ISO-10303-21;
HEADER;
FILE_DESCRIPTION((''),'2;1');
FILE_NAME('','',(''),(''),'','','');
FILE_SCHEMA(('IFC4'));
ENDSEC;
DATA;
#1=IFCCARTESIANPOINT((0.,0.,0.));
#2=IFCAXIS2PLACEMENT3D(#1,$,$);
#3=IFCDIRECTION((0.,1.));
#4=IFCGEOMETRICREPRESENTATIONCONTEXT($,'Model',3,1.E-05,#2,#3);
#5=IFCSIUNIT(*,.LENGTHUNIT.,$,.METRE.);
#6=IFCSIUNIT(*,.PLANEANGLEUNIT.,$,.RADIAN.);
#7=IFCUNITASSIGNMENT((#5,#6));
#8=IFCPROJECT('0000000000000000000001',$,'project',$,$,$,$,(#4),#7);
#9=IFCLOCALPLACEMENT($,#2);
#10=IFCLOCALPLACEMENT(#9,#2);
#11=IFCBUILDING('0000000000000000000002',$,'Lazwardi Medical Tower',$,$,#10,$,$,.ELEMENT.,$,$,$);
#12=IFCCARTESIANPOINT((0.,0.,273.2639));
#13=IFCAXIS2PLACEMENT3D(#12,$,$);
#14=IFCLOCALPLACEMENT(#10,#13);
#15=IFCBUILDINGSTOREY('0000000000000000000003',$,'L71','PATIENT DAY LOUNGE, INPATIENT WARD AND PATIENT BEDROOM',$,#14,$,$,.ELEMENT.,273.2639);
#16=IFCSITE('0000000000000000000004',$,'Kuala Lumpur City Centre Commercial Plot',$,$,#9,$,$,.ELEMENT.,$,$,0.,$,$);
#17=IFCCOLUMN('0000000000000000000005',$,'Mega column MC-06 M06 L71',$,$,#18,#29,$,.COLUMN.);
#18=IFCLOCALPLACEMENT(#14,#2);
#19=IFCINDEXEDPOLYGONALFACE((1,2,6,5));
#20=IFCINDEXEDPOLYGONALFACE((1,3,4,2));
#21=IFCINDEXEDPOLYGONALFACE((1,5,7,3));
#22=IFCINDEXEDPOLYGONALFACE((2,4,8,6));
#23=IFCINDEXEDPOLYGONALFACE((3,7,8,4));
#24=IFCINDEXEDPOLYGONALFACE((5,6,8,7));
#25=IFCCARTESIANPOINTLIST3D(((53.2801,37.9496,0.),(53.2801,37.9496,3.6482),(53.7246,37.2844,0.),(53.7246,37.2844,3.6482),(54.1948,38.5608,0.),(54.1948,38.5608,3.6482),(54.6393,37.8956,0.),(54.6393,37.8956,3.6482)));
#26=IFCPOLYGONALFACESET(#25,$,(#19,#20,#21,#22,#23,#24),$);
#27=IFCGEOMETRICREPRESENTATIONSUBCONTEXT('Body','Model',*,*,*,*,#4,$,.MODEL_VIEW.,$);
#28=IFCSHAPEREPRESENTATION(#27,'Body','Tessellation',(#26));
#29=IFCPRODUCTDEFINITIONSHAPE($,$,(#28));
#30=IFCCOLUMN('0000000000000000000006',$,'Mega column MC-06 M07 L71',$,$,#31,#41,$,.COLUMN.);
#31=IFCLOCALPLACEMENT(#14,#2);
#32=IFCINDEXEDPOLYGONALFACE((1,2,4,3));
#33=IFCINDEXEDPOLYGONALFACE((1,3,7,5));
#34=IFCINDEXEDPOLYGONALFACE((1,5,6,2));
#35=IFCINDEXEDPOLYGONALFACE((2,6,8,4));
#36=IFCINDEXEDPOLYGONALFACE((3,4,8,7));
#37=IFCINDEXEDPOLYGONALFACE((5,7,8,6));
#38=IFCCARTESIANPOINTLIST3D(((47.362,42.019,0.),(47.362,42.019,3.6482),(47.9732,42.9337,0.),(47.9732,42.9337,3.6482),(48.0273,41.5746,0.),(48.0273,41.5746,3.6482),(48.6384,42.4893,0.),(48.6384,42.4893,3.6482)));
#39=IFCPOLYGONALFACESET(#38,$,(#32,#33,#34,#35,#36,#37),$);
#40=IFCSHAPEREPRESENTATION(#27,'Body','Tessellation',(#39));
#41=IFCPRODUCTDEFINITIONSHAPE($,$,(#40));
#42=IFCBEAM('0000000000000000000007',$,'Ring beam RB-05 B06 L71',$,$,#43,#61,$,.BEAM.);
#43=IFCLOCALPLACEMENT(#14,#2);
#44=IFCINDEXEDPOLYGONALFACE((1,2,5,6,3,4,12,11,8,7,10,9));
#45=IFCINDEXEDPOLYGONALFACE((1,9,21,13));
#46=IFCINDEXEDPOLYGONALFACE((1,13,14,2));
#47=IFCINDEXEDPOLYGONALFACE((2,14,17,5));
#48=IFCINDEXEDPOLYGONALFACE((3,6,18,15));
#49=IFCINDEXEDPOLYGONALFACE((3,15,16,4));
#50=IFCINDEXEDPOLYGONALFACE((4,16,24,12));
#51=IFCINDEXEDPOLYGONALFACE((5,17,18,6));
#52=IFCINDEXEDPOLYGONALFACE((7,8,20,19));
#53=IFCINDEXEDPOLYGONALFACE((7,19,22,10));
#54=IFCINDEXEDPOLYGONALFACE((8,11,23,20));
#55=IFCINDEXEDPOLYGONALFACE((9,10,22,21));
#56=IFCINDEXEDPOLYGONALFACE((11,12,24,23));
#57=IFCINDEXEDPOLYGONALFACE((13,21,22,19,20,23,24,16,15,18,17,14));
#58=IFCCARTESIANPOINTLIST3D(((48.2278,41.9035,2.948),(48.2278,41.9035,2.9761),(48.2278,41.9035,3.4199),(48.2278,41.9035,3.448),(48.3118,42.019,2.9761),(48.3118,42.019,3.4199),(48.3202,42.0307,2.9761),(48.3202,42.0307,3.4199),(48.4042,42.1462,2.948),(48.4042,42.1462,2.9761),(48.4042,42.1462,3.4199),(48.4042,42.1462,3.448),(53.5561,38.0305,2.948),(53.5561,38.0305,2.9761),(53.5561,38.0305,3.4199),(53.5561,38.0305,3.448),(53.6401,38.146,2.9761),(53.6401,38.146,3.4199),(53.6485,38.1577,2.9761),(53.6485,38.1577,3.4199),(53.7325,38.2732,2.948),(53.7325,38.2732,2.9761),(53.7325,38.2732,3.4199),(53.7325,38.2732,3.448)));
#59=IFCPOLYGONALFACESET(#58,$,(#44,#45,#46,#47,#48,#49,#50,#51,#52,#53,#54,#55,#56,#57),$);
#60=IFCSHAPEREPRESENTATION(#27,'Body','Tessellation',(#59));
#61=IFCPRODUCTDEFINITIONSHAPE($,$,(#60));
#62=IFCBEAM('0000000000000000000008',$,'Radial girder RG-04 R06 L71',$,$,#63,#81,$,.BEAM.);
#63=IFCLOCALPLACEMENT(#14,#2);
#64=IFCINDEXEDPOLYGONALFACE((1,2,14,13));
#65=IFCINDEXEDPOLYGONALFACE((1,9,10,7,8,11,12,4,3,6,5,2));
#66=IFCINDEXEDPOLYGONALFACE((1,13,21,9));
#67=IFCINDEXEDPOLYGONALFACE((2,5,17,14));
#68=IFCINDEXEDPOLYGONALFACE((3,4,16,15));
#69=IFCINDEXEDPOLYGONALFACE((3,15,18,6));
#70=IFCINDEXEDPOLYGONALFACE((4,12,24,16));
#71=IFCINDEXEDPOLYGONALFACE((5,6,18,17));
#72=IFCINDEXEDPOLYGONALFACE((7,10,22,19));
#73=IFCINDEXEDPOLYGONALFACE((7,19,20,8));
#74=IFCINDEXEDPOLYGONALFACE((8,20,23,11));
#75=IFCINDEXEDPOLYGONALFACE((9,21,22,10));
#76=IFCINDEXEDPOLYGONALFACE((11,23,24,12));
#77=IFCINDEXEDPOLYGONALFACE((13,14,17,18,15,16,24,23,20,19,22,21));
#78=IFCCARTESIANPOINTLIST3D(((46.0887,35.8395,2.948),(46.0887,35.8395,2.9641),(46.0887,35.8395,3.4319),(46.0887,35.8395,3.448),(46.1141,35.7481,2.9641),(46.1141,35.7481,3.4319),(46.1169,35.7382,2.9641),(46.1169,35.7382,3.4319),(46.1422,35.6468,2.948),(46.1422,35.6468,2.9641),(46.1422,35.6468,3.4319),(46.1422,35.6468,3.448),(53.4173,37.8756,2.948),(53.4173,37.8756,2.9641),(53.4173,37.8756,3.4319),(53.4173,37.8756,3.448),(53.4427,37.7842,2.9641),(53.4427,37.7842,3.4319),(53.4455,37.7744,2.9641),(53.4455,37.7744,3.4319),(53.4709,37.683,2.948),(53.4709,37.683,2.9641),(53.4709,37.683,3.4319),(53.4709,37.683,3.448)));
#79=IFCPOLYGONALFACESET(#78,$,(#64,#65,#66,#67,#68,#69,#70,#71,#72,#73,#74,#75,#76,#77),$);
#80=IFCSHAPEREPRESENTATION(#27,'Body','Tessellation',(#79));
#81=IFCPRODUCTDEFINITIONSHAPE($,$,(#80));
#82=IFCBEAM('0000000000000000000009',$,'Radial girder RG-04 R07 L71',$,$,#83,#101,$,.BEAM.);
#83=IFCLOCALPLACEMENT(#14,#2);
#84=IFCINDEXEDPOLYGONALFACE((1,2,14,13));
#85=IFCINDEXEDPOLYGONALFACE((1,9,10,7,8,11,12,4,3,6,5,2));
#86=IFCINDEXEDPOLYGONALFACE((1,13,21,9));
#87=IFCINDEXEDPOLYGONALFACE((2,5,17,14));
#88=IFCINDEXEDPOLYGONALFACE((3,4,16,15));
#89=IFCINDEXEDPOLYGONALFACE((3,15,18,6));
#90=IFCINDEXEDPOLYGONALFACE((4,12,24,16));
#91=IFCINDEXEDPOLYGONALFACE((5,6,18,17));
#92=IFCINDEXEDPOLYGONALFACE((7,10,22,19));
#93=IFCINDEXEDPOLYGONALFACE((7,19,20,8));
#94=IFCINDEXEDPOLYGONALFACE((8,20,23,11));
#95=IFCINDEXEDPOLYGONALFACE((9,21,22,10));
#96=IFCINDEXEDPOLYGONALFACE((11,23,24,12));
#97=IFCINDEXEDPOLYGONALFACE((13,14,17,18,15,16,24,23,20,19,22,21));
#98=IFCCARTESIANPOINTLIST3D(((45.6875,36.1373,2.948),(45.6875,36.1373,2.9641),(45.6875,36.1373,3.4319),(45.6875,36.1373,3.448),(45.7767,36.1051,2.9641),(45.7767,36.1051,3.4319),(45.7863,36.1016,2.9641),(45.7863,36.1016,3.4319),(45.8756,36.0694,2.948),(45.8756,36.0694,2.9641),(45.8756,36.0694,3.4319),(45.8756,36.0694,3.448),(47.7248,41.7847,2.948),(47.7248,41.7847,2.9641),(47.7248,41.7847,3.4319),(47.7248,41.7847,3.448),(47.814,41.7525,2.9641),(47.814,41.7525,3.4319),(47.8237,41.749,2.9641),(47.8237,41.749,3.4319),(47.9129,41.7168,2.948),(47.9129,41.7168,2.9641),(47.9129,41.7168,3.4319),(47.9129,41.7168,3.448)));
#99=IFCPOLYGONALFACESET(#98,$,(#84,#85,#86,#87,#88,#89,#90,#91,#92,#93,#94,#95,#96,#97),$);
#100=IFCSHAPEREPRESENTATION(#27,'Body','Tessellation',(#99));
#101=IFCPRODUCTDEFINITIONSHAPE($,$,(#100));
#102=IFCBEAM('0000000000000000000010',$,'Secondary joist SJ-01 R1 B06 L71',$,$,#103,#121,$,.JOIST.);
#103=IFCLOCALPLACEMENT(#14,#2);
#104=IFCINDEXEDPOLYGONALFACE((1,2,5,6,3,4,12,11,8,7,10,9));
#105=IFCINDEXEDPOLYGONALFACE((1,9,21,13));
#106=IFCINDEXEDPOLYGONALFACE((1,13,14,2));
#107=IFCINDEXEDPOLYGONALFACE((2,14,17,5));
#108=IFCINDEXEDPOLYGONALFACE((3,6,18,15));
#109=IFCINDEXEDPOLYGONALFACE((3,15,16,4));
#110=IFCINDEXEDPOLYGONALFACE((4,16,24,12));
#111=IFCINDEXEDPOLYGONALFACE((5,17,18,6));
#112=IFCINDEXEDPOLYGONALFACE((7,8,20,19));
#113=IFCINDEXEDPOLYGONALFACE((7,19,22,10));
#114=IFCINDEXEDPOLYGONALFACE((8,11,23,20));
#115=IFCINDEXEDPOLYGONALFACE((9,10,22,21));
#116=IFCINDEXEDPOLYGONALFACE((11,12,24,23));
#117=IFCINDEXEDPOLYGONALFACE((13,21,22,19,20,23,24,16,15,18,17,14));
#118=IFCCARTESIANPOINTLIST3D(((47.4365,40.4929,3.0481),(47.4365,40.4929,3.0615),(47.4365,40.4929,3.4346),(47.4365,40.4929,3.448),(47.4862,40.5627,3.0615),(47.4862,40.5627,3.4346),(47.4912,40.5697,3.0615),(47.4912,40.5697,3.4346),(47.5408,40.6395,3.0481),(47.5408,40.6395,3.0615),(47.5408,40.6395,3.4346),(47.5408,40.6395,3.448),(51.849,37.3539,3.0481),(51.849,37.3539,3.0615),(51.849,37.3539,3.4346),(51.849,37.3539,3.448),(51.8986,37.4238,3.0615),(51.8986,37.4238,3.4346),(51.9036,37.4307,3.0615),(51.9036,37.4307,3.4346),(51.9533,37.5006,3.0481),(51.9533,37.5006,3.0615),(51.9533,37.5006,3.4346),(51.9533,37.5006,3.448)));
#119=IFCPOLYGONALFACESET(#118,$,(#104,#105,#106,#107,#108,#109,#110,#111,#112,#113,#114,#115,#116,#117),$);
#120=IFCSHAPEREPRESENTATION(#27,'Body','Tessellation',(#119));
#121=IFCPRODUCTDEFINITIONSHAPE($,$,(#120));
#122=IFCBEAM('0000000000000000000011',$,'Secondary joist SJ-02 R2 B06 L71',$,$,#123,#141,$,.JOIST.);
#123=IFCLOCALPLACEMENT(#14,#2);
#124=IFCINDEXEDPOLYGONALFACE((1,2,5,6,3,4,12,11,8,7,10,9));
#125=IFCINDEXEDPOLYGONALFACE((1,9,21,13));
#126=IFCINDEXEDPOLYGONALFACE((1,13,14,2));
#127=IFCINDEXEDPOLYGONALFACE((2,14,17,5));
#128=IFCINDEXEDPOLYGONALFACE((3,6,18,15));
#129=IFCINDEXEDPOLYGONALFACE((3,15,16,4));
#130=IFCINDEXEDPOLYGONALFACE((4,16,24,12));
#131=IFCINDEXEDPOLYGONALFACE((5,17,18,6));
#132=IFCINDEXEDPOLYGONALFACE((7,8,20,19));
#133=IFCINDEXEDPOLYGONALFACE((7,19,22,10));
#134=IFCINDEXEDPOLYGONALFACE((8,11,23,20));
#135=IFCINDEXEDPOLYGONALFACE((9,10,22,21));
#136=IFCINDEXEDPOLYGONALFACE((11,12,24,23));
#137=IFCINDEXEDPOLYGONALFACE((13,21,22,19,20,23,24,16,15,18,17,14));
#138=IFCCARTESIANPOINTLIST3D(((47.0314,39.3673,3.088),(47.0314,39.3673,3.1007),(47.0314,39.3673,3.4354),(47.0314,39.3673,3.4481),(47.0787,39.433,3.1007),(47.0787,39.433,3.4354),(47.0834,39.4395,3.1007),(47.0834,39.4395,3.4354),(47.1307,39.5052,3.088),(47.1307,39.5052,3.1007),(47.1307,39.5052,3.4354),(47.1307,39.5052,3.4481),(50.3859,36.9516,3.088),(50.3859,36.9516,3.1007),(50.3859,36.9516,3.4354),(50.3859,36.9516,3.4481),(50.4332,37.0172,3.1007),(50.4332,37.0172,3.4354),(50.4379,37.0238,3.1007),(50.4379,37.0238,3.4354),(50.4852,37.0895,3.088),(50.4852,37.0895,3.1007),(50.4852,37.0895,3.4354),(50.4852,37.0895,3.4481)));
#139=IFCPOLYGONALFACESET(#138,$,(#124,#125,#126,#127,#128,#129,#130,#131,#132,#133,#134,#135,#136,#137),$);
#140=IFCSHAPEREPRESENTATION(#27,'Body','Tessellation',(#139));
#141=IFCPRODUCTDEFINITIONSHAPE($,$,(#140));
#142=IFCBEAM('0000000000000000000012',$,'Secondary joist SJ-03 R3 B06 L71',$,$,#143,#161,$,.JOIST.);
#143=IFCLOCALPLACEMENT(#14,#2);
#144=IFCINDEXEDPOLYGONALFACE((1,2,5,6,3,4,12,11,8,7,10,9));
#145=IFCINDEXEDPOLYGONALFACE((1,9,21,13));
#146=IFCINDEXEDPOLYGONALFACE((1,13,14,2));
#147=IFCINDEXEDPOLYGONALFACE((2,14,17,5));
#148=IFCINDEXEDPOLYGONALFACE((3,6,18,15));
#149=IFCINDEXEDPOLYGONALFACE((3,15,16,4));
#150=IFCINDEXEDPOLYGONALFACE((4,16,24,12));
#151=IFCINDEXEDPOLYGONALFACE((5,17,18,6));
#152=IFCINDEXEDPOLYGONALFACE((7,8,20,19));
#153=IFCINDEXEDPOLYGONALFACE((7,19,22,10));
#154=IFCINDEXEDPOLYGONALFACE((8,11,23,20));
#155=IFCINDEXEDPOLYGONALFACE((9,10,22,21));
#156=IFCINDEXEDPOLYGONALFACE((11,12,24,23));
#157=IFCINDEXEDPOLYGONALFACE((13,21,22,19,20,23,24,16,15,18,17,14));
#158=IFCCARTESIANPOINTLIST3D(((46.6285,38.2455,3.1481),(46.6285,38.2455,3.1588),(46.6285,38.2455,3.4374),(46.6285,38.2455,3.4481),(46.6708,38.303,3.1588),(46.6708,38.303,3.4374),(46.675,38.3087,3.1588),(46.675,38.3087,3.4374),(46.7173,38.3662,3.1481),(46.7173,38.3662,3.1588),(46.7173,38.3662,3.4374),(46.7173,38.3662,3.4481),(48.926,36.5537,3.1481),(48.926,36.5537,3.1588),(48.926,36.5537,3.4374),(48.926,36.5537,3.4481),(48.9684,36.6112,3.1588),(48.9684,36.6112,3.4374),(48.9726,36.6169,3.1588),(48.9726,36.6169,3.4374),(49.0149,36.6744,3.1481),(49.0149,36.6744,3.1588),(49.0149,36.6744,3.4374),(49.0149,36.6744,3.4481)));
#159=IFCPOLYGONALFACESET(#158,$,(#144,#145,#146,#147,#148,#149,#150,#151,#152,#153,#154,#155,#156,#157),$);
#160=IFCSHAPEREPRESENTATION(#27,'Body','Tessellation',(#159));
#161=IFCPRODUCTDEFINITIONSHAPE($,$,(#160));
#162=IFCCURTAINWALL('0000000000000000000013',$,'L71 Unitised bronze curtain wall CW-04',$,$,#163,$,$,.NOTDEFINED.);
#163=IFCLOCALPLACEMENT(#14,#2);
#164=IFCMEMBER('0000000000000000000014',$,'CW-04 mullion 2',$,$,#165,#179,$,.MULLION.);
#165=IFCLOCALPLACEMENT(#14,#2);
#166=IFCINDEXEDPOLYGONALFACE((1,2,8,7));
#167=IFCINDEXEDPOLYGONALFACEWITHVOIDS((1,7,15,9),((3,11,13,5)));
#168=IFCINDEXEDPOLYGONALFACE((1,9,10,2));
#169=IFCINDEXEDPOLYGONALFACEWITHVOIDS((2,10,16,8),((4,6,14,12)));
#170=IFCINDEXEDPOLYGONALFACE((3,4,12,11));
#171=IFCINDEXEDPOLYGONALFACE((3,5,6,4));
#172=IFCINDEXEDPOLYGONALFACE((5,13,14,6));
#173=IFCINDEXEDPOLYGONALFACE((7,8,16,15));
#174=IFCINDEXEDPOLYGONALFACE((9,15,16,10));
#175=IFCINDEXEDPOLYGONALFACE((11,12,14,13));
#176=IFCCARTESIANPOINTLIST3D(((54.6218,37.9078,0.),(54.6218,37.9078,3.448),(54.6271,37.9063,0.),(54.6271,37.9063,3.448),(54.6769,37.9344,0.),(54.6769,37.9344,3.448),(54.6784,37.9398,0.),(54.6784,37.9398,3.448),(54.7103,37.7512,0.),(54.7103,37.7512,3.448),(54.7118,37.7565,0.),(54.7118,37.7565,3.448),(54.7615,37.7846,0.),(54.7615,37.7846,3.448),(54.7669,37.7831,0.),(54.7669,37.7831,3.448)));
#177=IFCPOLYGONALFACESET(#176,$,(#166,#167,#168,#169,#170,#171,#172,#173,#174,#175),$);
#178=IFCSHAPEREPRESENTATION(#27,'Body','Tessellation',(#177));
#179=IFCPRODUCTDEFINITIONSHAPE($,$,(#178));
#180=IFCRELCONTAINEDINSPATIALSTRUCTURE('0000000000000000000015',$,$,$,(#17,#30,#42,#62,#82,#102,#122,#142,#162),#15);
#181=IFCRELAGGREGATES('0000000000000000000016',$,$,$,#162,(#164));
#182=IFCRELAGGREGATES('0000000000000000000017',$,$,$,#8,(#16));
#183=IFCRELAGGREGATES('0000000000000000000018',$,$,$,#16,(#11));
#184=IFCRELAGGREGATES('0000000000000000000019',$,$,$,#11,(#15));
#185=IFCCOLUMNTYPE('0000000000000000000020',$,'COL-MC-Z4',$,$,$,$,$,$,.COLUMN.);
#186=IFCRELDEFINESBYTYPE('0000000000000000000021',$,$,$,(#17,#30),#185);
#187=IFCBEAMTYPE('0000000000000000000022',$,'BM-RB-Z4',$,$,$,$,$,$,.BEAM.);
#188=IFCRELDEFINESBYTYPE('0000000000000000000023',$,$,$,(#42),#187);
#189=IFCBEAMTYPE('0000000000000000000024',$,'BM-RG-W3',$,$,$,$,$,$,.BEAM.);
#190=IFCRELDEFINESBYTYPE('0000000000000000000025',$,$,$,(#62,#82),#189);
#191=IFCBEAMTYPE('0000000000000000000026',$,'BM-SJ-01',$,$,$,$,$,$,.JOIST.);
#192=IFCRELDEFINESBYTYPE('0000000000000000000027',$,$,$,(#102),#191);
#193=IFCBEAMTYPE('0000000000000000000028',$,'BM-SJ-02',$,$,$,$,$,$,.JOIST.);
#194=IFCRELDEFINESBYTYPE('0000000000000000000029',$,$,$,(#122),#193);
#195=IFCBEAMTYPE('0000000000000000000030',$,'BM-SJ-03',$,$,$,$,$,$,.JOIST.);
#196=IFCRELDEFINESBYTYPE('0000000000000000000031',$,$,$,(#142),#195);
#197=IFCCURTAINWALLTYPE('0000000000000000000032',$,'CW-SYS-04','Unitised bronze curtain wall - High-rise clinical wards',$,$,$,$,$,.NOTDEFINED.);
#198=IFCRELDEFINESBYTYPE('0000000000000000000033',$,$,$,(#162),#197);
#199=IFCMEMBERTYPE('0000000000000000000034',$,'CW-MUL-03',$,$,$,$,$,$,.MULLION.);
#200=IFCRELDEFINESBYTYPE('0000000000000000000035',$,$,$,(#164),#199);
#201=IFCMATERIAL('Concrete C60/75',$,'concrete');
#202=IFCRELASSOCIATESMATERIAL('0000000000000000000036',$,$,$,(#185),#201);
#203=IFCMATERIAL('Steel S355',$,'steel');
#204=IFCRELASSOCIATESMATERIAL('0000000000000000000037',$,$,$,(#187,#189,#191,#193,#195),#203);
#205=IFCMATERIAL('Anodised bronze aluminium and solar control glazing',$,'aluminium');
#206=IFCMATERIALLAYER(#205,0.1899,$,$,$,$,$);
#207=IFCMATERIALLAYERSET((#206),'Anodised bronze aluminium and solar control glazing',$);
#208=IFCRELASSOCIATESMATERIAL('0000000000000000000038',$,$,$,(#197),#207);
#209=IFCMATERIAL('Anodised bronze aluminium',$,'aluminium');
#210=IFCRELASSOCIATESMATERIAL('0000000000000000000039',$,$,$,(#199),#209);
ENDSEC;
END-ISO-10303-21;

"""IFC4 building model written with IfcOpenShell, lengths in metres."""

from ifc_helpers import new_model, si_unit, direction, frame, origin, origin_2d, place, context, subcontext, project, spatial, rectangle, hollow_rectangle, i_section, extrude, material, layer, layer_set, material_profile, profile_set, type_object, element, aggregate, save


model = new_model("IFC4")

# Units and contexts
model_context = context("Model", 3, precision=1e-05, world=origin(), true_north=direction((0.0, 1.0)))
body_context = subcontext(model_context, "Body", "Model", "MODEL_VIEW")
ifc_project = project(units=[si_unit("LENGTHUNIT", "METRE"), si_unit("PLANEANGLEUNIT", "RADIAN")], contexts=[model_context])

# Site, building, storey
site_placement = place(None, origin())
site = spatial("IfcSite", under=ifc_project, at=site_placement, Name="Kuala Lumpur City Centre Commercial Plot", CompositionType="ELEMENT", RefElevation=0.0)
building_placement = place(site_placement, origin())
building = spatial("IfcBuilding", under=site, at=building_placement, Name="Lazwardi Medical Tower", CompositionType="ELEMENT")
storey_placement = place(building_placement, frame((0.0, 0.0, 273.2639)))
storey = spatial("IfcBuildingStorey", under=building, at=storey_placement, Name="L71", Description="PATIENT DAY LOUNGE, INPATIENT WARD AND PATIENT BEDROOM", CompositionType="ELEMENT", Elevation=273.2639)

# Columns
ifc_material_1 = material(Name="Concrete C60/75", Category="concrete")
ifc_material_profile_1 = material_profile(ifc_material_1, rectangle(XDim=1.1001, YDim=0.8, at=origin_2d()), Name="CFT-RECT 1100x800")
ifc_profile_set_1 = profile_set([ifc_material_profile_1], Name="Concrete C60/75")
column_type = type_object("IfcColumnType", Name="COL-MC-Z4", PredefinedType="COLUMN", material=ifc_profile_set_1)
for number, where, z_axis, x_axis, name in (
    (1, (53.9597, 37.9226, 0.0), (0.0, 0.0, 1.0), (0.83147, 0.55557, 0.0), "Mega column MC-06 M06 L71"),
    (2, (48.0002, 42.2542, 0.0), (0.0, 0.0, 1.0), (0.55557, 0.83147, 0.0), "Mega column MC-06 M07 L71"),
):
    element("IfcColumn", number, at=place(storey_placement, frame(where, z_axis=z_axis, x_axis=x_axis)), inside=storey, type_object=column_type, Name=name, PredefinedType="COLUMN", context=body_context, shape_type="SweptSolid", body=[
        extrude(rectangle(XDim=1.1001, YDim=0.8, at=origin_2d()), origin(), (0.0, 0.0, 1.0), 3.6482),
    ])

# Beams
ifc_material_2 = material(Name="Steel S355", Category="steel")
ifc_material_profile_2 = material_profile(ifc_material_2, i_section(OverallWidth=0.3, OverallDepth=0.5, WebThickness=0.0144, FlangeThickness=0.0281, at=origin_2d()), Name="HEB 500")
ifc_profile_set_2 = profile_set([ifc_material_profile_2], Name="Steel S355")
beam_type_1 = type_object("IfcBeamType", Name="BM-RB-Z4", PredefinedType="BEAM", material=ifc_profile_set_2)
beam_1_placement = place(storey_placement, frame((53.6443, 38.1519, 3.198), z_axis=(-0.80889, 0.58796, 0.0), x_axis=(-0.58796, -0.80889, 0.0)))
element("IfcBeam", 3, at=beam_1_placement, inside=storey, type_object=beam_type_1, Name="Ring beam RB-05 B06 L71", PredefinedType="BEAM", context=body_context, shape_type="SweptSolid", body=[
    extrude(i_section(OverallWidth=0.3, OverallDepth=0.5, WebThickness=0.0144, FlangeThickness=0.0281, at=origin_2d()), origin(), (0.0, 0.0, 1.0), 6.5872),
])
ifc_material_profile_3 = material_profile(ifc_material_2, i_section(OverallWidth=0.2, OverallDepth=0.5, WebThickness=0.0103, FlangeThickness=0.0161, at=origin_2d()), Name="IPE 500")
ifc_profile_set_3 = profile_set([ifc_material_profile_3], Name="Steel S355")
beam_type_2 = type_object("IfcBeamType", Name="BM-RG-W3", PredefinedType="BEAM", material=ifc_profile_set_3)
beam_2_placement = place(storey_placement, frame((53.4441, 37.7793, 3.198), z_axis=(-0.963504, -0.267694, 0.0), x_axis=(0.267694, -0.963504, 0.0)))
element("IfcBeam", 4, at=beam_2_placement, inside=storey, type_object=beam_type_2, Name="Radial girder RG-04 R06 L71", PredefinedType="BEAM", context=body_context, shape_type="SweptSolid", body=[
    extrude(i_section(OverallWidth=0.2, OverallDepth=0.5, WebThickness=0.0103, FlangeThickness=0.0161, at=origin_2d()), origin(), (0.0, 0.0, 1.0), 7.6062),
])
beam_3_placement = place(storey_placement, frame((47.8188, 41.7507, 3.198), z_axis=(-0.339349, -0.940661, 0.0), x_axis=(0.940661, -0.339349, 0.0)))
element("IfcBeam", 5, at=beam_3_placement, inside=storey, type_object=beam_type_2, Name="Radial girder RG-04 R07 L71", PredefinedType="BEAM", context=body_context, shape_type="SweptSolid", body=[
    extrude(i_section(OverallWidth=0.2, OverallDepth=0.5, WebThickness=0.0103, FlangeThickness=0.0161, at=origin_2d()), origin(), (0.0, 0.0, 1.0), 6.0037),
])
ifc_material_profile_4 = material_profile(ifc_material_2, i_section(OverallWidth=0.1799, OverallDepth=0.3999, WebThickness=0.0085, FlangeThickness=0.0134, at=origin_2d()), Name="IPE 400")
ifc_profile_set_4 = profile_set([ifc_material_profile_4], Name="Steel S355")
beam_type_3 = type_object("IfcBeamType", Name="BM-SJ-01", PredefinedType="JOIST", material=ifc_profile_set_4)
beam_4_placement = place(storey_placement, frame((51.9011, 37.4272, 3.248), z_axis=(-0.814847, 0.579676, 0.0), x_axis=(-0.579676, -0.814847, 0.0)))
element("IfcBeam", 6, at=beam_4_placement, inside=storey, type_object=beam_type_3, Name="Secondary joist SJ-01 R1 B06 L71", PredefinedType="JOIST", context=body_context, shape_type="SweptSolid", body=[
    extrude(i_section(OverallWidth=0.1799, OverallDepth=0.3999, WebThickness=0.0085, FlangeThickness=0.0134, at=origin_2d()), origin(), (0.0, 0.0, 1.0), 5.415),
])
ifc_material_profile_5 = material_profile(ifc_material_2, i_section(OverallWidth=0.1699, OverallDepth=0.3601, WebThickness=0.0081, FlangeThickness=0.0127, at=origin_2d()), Name="IPE 360")
ifc_profile_set_5 = profile_set([ifc_material_profile_5], Name="Steel S355")
beam_type_4 = type_object("IfcBeamType", Name="BM-SJ-02", PredefinedType="JOIST", material=ifc_profile_set_5)
beam_5_placement = place(storey_placement, frame((50.4355, 37.0205, 3.2681), z_axis=(-0.811473, 0.58439, 0.0), x_axis=(-0.58439, -0.811473, 0.0)))
element("IfcBeam", 7, at=beam_5_placement, inside=storey, type_object=beam_type_4, Name="Secondary joist SJ-02 R2 B06 L71", PredefinedType="JOIST", context=body_context, shape_type="SweptSolid", body=[
    extrude(i_section(OverallWidth=0.1699, OverallDepth=0.3601, WebThickness=0.0081, FlangeThickness=0.0127, at=origin_2d()), origin(), (0.0, 0.0, 1.0), 4.1338),
])
ifc_material_profile_6 = material_profile(ifc_material_2, i_section(OverallWidth=0.1499, OverallDepth=0.3, WebThickness=0.0071, FlangeThickness=0.0107, at=origin_2d()), Name="IPE 300")
ifc_profile_set_6 = profile_set([ifc_material_profile_6], Name="Steel S355")
beam_type_5 = type_object("IfcBeamType", Name="BM-SJ-03", PredefinedType="JOIST", material=ifc_profile_set_6)
beam_6_placement = place(storey_placement, frame((48.9705, 36.614, 3.2981), z_axis=(-0.805236, 0.592954, 0.0), x_axis=(-0.592954, -0.805236, 0.0)))
element("IfcBeam", 8, at=beam_6_placement, inside=storey, type_object=beam_type_5, Name="Secondary joist SJ-03 R3 B06 L71", PredefinedType="JOIST", context=body_context, shape_type="SweptSolid", body=[
    extrude(i_section(OverallWidth=0.1499, OverallDepth=0.3, WebThickness=0.0071, FlangeThickness=0.0107, at=origin_2d()), origin(), (0.0, 0.0, 1.0), 2.8533),
])

# Curtain wall, member
ifc_material_3 = material(Name="Anodised bronze aluminium and solar control glazing", Category="aluminium")
ifc_layer_1 = layer(ifc_material_3, 0.1899)
ifc_layer_set_1 = layer_set([ifc_layer_1], Name="Anodised bronze aluminium and solar control glazing")
curtain_wall_type = type_object("IfcCurtainWallType", Name="CW-SYS-04", Description="Unitised bronze curtain wall - High-rise clinical wards", PredefinedType="NOTDEFINED", material=ifc_layer_set_1)
curtain_wall_1_placement = place(storey_placement, origin())
curtain_wall_1 = element("IfcCurtainWall", 9, at=curtain_wall_1_placement, inside=storey, type_object=curtain_wall_type, Name="L71 Unitised bronze curtain wall CW-04", PredefinedType="NOTDEFINED")
ifc_material_4 = material(Name="Anodised bronze aluminium", Category="aluminium")
ifc_material_profile_7 = material_profile(ifc_material_4, hollow_rectangle(XDim=0.0649, YDim=0.1799, WallThickness=0.0039, at=origin_2d()), Name="ALU-MULLION 180x65x4")
ifc_profile_set_7 = profile_set([ifc_material_profile_7], Name="Anodised bronze aluminium")
member_type_1 = type_object("IfcMemberType", Name="CW-MUL-03", PredefinedType="MULLION", material=ifc_profile_set_7)
member_1_placement = place(storey_placement, frame((54.6943, 37.8455, 0.0), z_axis=(0.0, 0.0, 1.0), x_axis=(-0.870651, -0.4919, 0.0)))
member_1 = element("IfcMember", 10, at=member_1_placement, type_object=member_type_1, Name="CW-04 mullion 2", PredefinedType="MULLION", context=body_context, shape_type="SweptSolid", body=[
    extrude(hollow_rectangle(XDim=0.0649, YDim=0.1799, WallThickness=0.0039, at=origin_2d()), origin(), (0.0, 0.0, 1.0), 3.448),
])
aggregate(curtain_wall_1, [member_1])

save(model, "model.ifc")
